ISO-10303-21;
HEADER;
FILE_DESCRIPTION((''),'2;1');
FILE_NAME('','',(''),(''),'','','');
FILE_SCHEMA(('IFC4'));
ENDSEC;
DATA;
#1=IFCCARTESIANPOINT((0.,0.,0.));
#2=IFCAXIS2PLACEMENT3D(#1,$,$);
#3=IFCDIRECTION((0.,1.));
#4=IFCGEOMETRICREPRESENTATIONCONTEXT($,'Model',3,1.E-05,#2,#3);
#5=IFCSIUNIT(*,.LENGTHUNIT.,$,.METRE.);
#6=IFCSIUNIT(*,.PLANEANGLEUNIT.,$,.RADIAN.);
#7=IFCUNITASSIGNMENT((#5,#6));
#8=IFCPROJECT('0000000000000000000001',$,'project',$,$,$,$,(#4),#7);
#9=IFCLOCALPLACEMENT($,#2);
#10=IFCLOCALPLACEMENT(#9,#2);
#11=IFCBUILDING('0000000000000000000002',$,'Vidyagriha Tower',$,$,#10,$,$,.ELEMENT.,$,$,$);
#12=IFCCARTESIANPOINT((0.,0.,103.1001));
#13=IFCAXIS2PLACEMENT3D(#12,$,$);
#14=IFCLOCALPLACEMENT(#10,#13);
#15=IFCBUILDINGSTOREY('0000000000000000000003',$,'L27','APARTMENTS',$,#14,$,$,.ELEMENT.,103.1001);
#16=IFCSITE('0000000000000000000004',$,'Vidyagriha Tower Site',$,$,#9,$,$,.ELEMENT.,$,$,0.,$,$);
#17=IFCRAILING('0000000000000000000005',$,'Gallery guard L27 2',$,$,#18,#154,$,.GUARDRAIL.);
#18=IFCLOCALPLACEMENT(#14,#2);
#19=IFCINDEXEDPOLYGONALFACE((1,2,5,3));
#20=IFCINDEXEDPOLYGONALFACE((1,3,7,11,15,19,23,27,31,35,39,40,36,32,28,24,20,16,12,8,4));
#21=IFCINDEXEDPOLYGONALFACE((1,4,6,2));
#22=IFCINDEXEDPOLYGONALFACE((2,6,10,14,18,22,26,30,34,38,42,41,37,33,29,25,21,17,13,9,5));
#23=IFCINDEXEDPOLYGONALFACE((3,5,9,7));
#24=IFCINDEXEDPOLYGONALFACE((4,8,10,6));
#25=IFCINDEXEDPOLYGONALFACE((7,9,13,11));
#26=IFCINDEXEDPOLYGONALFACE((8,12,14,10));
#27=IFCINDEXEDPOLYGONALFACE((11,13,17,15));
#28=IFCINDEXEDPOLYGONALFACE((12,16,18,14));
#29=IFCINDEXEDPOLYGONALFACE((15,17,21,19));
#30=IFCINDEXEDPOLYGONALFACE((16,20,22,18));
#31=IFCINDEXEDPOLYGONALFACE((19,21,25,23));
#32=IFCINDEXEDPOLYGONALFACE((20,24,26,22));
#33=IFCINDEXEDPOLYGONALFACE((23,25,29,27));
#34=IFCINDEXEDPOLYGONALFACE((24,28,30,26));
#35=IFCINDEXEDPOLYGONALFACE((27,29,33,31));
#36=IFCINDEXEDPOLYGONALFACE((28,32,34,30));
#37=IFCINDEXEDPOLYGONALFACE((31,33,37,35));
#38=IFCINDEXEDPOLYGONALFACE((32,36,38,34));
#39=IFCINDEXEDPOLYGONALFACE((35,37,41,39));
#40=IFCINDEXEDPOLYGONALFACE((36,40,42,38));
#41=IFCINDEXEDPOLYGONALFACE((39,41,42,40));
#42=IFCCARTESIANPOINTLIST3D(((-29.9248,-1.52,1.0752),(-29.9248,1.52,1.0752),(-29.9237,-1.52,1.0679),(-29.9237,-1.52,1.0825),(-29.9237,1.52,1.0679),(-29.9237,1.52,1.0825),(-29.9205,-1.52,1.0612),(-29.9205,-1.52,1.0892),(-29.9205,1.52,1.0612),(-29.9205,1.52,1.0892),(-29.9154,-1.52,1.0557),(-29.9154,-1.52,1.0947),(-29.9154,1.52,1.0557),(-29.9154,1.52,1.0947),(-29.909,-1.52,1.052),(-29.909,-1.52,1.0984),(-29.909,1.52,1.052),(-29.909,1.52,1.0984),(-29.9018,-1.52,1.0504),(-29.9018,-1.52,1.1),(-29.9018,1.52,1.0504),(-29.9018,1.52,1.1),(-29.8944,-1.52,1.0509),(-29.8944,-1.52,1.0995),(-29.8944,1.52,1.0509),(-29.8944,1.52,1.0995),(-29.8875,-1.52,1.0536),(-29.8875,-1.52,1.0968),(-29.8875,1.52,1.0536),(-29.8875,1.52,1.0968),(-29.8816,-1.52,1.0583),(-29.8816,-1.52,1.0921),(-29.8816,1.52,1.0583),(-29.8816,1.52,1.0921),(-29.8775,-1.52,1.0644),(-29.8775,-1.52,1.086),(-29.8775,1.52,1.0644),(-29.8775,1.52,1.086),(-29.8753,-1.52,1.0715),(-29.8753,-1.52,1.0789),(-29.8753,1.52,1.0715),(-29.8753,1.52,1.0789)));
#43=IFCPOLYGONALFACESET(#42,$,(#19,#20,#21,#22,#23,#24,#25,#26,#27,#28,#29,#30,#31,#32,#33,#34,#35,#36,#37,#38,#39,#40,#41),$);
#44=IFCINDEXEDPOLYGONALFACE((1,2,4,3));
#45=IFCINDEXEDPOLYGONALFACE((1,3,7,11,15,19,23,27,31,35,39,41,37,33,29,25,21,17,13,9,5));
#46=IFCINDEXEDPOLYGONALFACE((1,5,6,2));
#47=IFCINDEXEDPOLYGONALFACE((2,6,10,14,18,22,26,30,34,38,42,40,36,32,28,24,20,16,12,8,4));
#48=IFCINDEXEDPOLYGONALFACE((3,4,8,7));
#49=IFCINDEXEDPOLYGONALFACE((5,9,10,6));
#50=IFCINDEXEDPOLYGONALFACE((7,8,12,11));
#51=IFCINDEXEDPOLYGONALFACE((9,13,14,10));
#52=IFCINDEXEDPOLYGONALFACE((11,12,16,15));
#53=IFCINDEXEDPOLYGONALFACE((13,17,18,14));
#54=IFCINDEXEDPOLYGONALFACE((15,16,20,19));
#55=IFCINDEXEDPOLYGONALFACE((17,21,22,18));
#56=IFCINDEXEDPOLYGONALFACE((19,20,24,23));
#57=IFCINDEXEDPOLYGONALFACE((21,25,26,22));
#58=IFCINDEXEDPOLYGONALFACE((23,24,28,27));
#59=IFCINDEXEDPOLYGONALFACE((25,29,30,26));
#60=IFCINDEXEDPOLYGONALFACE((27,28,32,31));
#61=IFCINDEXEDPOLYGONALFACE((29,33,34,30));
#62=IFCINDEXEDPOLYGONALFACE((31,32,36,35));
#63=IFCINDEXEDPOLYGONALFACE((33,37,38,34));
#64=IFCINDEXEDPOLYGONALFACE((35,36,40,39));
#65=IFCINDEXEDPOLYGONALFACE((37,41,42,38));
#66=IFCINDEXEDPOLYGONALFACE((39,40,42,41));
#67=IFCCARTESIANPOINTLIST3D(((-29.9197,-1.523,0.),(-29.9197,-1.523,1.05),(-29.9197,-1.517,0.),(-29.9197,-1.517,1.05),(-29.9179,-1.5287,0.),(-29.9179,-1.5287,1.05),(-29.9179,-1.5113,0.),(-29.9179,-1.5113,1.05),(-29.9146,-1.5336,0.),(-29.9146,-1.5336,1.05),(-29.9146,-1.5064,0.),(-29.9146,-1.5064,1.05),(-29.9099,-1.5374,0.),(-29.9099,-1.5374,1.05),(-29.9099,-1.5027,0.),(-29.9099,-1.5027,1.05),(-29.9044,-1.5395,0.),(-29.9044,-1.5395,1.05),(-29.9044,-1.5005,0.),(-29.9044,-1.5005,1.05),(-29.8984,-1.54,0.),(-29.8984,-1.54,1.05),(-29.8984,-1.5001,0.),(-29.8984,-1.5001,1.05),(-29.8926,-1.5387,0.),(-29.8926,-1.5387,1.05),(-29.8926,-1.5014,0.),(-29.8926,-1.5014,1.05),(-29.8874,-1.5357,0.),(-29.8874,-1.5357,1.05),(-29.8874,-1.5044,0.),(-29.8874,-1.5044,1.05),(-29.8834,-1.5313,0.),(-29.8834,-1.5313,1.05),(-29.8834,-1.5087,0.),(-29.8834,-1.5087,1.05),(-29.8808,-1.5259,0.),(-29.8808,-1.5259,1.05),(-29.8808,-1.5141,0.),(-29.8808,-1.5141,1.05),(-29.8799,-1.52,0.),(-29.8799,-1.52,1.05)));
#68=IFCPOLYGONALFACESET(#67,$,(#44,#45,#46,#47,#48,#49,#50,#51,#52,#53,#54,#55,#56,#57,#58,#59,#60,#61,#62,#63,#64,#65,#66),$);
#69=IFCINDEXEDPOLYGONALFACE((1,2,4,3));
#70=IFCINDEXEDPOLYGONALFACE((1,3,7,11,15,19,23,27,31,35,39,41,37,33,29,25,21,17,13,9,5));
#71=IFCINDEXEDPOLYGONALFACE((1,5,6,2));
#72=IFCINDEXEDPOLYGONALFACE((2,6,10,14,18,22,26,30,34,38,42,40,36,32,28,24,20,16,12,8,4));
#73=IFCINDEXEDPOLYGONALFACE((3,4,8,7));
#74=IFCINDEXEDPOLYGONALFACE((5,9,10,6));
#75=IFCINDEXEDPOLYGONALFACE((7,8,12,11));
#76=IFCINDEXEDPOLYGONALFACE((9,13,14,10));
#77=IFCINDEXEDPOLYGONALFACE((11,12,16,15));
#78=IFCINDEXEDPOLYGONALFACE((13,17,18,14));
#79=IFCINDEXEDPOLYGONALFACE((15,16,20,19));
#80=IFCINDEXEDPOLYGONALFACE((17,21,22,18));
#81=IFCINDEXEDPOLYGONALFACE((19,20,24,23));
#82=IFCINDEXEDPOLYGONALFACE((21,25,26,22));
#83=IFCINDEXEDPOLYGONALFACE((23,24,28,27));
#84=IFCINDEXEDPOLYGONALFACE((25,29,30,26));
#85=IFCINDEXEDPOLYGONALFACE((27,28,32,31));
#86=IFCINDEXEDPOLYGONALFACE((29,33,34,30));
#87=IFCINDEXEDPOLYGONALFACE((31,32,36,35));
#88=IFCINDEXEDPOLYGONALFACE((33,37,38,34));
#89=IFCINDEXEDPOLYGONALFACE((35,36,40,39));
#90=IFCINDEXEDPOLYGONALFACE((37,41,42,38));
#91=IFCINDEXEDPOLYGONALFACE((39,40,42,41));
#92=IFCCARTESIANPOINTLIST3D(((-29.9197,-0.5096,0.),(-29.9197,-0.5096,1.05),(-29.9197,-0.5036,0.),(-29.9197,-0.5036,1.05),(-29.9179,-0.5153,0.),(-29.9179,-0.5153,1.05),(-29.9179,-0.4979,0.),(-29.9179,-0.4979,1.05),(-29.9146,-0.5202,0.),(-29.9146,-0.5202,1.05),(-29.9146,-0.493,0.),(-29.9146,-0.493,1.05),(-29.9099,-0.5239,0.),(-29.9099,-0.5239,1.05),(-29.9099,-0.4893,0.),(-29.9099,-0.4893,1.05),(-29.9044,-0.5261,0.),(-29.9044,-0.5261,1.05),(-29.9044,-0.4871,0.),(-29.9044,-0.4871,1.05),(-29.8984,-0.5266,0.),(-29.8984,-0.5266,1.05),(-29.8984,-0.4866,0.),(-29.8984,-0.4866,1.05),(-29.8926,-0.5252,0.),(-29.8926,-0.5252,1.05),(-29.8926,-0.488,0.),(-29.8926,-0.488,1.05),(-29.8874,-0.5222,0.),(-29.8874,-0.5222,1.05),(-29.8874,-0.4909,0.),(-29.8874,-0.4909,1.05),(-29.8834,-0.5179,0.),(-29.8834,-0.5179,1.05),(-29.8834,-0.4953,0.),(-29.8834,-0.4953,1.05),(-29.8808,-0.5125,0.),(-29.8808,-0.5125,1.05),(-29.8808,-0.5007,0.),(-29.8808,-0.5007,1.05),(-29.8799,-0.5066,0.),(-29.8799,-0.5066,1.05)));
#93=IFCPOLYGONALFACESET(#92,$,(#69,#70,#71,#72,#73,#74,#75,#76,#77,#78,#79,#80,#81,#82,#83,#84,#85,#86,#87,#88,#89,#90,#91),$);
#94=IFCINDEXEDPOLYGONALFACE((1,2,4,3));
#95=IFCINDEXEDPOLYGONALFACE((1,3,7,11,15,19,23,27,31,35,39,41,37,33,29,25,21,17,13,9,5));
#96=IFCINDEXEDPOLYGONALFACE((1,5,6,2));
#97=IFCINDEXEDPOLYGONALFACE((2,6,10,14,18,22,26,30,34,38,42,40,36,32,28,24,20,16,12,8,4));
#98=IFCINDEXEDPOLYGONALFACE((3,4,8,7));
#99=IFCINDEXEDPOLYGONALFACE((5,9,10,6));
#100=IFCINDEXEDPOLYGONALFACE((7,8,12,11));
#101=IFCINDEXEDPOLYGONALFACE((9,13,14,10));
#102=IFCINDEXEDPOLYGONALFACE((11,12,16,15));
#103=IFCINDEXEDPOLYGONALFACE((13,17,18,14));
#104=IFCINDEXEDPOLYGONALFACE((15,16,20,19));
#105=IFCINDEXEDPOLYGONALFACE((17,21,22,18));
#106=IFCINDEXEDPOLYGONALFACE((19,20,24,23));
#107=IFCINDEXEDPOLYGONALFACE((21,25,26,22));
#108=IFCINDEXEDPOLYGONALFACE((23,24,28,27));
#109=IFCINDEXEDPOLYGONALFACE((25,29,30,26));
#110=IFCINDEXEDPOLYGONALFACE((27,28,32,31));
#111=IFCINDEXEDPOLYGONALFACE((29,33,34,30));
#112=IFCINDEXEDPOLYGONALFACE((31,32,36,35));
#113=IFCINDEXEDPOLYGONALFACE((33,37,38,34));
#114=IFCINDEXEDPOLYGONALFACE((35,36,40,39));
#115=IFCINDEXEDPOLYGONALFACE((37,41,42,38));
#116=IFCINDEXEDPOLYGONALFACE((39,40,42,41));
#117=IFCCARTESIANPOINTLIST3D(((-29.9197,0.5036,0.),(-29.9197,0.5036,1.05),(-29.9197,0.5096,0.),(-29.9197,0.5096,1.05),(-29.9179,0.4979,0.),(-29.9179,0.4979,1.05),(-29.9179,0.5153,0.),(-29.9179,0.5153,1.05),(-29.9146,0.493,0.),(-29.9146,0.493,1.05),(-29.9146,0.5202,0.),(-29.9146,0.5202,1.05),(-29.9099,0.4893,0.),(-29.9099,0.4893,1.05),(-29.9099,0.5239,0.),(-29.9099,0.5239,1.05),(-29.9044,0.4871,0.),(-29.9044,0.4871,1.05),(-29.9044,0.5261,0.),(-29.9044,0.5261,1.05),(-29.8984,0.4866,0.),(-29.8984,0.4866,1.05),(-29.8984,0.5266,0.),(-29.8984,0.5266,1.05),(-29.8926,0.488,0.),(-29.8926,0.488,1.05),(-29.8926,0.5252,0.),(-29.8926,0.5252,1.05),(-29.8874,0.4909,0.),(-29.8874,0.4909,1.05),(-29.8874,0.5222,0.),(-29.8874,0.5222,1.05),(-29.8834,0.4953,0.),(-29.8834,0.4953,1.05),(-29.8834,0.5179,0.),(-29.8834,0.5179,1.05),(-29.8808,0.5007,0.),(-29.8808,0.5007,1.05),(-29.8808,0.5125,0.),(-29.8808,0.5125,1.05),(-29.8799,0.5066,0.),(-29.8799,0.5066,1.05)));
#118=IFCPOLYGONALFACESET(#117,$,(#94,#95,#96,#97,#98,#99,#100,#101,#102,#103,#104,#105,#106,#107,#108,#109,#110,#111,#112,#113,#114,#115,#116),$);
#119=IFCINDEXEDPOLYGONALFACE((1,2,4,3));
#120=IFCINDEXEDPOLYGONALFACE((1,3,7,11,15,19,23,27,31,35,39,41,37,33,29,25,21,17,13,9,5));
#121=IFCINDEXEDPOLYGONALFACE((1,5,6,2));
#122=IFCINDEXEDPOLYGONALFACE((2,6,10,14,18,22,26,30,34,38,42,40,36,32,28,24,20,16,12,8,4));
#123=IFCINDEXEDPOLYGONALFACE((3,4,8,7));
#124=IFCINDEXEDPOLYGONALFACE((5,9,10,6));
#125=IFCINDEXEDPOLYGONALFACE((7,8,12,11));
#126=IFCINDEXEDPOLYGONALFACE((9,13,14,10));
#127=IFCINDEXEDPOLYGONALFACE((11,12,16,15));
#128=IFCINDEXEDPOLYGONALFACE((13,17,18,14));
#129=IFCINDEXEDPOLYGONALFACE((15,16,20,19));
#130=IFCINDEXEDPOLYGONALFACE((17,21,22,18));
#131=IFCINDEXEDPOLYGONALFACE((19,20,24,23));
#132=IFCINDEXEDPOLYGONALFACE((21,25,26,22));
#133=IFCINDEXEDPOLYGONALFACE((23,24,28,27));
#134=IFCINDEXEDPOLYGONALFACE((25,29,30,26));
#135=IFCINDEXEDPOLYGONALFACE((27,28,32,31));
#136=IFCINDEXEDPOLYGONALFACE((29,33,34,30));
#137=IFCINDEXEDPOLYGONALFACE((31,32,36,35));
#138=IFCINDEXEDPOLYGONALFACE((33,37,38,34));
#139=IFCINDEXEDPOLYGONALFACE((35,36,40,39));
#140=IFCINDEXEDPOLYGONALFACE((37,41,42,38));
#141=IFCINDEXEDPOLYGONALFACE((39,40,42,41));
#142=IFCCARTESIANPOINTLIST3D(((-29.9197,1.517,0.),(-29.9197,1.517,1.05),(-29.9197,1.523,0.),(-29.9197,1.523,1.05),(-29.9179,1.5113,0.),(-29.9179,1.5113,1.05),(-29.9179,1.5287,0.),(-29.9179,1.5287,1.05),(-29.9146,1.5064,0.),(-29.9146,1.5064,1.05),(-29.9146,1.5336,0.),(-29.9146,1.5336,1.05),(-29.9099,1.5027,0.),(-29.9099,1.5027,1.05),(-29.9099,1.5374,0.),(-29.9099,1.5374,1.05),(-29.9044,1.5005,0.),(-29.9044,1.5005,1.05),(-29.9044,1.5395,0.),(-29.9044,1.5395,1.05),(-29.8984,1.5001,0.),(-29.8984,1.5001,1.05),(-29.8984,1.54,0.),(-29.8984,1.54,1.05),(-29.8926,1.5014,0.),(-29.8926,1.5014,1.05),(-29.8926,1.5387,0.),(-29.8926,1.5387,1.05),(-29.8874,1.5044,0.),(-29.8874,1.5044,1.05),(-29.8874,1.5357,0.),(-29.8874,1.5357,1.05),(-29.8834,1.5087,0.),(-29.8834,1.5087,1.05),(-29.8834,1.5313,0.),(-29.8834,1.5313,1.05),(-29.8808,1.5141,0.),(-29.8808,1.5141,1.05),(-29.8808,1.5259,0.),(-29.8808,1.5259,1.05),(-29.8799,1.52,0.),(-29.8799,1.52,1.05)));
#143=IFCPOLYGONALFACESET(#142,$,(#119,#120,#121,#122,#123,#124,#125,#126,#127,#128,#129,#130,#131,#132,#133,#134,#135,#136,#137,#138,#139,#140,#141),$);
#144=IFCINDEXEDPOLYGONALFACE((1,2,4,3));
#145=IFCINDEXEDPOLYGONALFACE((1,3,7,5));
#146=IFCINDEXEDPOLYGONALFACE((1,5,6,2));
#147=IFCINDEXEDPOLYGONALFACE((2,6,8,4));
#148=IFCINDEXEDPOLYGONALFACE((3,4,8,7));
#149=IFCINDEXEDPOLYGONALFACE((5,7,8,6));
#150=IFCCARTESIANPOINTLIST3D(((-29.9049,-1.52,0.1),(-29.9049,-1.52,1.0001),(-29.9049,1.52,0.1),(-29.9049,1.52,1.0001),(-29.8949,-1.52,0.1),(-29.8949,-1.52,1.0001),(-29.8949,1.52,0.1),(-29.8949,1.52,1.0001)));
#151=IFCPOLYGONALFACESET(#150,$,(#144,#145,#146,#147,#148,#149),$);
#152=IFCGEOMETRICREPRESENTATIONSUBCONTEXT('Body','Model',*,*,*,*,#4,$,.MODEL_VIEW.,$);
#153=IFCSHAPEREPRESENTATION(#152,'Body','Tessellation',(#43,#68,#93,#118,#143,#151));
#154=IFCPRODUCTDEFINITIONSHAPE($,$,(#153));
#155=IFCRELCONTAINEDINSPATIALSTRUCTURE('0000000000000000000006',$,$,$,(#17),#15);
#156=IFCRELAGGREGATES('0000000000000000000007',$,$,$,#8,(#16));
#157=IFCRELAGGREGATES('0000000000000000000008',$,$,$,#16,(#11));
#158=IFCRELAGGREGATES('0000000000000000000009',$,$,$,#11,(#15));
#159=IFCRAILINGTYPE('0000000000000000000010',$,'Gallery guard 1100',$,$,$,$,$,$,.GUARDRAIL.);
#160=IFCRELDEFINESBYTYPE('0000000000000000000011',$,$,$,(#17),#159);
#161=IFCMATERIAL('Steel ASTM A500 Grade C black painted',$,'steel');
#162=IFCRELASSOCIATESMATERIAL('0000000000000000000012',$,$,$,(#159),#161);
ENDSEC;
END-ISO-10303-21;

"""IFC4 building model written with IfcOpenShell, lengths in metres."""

from ifc_helpers import new_model, si_unit, direction, frame, origin, origin_2d, place, context, subcontext, project, spatial, rectangle, circle, extrude, material, type_object, element, save


model = new_model("IFC4")

# Units and contexts
model_context = context("Model", 3, precision=1e-05, world=origin(), true_north=direction((0.0, 1.0)))
body_context = subcontext(model_context, "Body", "Model", "MODEL_VIEW")
ifc_project = project(units=[si_unit("LENGTHUNIT", "METRE"), si_unit("PLANEANGLEUNIT", "RADIAN")], contexts=[model_context])

# Site, building, storey
site_placement = place(None, origin())
site = spatial("IfcSite", under=ifc_project, at=site_placement, Name="Vidyagriha Tower Site", CompositionType="ELEMENT", RefElevation=0.0)
building_placement = place(site_placement, origin())
building = spatial("IfcBuilding", under=site, at=building_placement, Name="Vidyagriha Tower", CompositionType="ELEMENT")
storey_placement = place(building_placement, frame((0.0, 0.0, 103.1001)))
storey = spatial("IfcBuildingStorey", under=building, at=storey_placement, Name="L27", Description="APARTMENTS", CompositionType="ELEMENT", Elevation=103.1001)

# Railing
ifc_material_1 = material(Name="Steel ASTM A500 Grade C black painted", Category="steel")
railing_type_1 = type_object("IfcRailingType", Name="Gallery guard 1100", PredefinedType="GUARDRAIL", material=ifc_material_1)
railing_1_placement = place(storey_placement, frame((-29.8999, -1.52, 0.0)))
element("IfcRailing", 1, at=railing_1_placement, inside=storey, type_object=railing_type_1, Name="Gallery guard L27 2", PredefinedType="GUARDRAIL", context=body_context, shape_type="SweptSolid", body=[
    extrude(circle(Radius=0.0249, at=origin_2d()), frame((0.0, 0.0, 1.0752), z_axis=(0.0, 1.0, 0.0), x_axis=(-1.0, 0.0, 0.0)), (0.0, 0.0, 1.0), 3.04),
    extrude(circle(Radius=0.02, at=origin_2d()), origin(), (0.0, 0.0, 1.0), 1.05),
    extrude(circle(Radius=0.02, at=origin_2d()), frame((0.0, 1.0134, 0.0)), (0.0, 0.0, 1.0), 1.05),
    extrude(circle(Radius=0.02, at=origin_2d()), frame((0.0, 2.0266, 0.0)), (0.0, 0.0, 1.0), 1.05),
    extrude(circle(Radius=0.02, at=origin_2d()), frame((0.0, 3.04, 0.0)), (0.0, 0.0, 1.0), 1.05),
    extrude(rectangle(XDim=0.01, YDim=0.9001, at=origin_2d()), frame((0.0, 0.0, 0.55), z_axis=(0.0, 1.0, 0.0), x_axis=(-1.0, 0.0, 0.0)), (0.0, 0.0, 1.0), 3.04),
])

save(model, "model.ifc")
